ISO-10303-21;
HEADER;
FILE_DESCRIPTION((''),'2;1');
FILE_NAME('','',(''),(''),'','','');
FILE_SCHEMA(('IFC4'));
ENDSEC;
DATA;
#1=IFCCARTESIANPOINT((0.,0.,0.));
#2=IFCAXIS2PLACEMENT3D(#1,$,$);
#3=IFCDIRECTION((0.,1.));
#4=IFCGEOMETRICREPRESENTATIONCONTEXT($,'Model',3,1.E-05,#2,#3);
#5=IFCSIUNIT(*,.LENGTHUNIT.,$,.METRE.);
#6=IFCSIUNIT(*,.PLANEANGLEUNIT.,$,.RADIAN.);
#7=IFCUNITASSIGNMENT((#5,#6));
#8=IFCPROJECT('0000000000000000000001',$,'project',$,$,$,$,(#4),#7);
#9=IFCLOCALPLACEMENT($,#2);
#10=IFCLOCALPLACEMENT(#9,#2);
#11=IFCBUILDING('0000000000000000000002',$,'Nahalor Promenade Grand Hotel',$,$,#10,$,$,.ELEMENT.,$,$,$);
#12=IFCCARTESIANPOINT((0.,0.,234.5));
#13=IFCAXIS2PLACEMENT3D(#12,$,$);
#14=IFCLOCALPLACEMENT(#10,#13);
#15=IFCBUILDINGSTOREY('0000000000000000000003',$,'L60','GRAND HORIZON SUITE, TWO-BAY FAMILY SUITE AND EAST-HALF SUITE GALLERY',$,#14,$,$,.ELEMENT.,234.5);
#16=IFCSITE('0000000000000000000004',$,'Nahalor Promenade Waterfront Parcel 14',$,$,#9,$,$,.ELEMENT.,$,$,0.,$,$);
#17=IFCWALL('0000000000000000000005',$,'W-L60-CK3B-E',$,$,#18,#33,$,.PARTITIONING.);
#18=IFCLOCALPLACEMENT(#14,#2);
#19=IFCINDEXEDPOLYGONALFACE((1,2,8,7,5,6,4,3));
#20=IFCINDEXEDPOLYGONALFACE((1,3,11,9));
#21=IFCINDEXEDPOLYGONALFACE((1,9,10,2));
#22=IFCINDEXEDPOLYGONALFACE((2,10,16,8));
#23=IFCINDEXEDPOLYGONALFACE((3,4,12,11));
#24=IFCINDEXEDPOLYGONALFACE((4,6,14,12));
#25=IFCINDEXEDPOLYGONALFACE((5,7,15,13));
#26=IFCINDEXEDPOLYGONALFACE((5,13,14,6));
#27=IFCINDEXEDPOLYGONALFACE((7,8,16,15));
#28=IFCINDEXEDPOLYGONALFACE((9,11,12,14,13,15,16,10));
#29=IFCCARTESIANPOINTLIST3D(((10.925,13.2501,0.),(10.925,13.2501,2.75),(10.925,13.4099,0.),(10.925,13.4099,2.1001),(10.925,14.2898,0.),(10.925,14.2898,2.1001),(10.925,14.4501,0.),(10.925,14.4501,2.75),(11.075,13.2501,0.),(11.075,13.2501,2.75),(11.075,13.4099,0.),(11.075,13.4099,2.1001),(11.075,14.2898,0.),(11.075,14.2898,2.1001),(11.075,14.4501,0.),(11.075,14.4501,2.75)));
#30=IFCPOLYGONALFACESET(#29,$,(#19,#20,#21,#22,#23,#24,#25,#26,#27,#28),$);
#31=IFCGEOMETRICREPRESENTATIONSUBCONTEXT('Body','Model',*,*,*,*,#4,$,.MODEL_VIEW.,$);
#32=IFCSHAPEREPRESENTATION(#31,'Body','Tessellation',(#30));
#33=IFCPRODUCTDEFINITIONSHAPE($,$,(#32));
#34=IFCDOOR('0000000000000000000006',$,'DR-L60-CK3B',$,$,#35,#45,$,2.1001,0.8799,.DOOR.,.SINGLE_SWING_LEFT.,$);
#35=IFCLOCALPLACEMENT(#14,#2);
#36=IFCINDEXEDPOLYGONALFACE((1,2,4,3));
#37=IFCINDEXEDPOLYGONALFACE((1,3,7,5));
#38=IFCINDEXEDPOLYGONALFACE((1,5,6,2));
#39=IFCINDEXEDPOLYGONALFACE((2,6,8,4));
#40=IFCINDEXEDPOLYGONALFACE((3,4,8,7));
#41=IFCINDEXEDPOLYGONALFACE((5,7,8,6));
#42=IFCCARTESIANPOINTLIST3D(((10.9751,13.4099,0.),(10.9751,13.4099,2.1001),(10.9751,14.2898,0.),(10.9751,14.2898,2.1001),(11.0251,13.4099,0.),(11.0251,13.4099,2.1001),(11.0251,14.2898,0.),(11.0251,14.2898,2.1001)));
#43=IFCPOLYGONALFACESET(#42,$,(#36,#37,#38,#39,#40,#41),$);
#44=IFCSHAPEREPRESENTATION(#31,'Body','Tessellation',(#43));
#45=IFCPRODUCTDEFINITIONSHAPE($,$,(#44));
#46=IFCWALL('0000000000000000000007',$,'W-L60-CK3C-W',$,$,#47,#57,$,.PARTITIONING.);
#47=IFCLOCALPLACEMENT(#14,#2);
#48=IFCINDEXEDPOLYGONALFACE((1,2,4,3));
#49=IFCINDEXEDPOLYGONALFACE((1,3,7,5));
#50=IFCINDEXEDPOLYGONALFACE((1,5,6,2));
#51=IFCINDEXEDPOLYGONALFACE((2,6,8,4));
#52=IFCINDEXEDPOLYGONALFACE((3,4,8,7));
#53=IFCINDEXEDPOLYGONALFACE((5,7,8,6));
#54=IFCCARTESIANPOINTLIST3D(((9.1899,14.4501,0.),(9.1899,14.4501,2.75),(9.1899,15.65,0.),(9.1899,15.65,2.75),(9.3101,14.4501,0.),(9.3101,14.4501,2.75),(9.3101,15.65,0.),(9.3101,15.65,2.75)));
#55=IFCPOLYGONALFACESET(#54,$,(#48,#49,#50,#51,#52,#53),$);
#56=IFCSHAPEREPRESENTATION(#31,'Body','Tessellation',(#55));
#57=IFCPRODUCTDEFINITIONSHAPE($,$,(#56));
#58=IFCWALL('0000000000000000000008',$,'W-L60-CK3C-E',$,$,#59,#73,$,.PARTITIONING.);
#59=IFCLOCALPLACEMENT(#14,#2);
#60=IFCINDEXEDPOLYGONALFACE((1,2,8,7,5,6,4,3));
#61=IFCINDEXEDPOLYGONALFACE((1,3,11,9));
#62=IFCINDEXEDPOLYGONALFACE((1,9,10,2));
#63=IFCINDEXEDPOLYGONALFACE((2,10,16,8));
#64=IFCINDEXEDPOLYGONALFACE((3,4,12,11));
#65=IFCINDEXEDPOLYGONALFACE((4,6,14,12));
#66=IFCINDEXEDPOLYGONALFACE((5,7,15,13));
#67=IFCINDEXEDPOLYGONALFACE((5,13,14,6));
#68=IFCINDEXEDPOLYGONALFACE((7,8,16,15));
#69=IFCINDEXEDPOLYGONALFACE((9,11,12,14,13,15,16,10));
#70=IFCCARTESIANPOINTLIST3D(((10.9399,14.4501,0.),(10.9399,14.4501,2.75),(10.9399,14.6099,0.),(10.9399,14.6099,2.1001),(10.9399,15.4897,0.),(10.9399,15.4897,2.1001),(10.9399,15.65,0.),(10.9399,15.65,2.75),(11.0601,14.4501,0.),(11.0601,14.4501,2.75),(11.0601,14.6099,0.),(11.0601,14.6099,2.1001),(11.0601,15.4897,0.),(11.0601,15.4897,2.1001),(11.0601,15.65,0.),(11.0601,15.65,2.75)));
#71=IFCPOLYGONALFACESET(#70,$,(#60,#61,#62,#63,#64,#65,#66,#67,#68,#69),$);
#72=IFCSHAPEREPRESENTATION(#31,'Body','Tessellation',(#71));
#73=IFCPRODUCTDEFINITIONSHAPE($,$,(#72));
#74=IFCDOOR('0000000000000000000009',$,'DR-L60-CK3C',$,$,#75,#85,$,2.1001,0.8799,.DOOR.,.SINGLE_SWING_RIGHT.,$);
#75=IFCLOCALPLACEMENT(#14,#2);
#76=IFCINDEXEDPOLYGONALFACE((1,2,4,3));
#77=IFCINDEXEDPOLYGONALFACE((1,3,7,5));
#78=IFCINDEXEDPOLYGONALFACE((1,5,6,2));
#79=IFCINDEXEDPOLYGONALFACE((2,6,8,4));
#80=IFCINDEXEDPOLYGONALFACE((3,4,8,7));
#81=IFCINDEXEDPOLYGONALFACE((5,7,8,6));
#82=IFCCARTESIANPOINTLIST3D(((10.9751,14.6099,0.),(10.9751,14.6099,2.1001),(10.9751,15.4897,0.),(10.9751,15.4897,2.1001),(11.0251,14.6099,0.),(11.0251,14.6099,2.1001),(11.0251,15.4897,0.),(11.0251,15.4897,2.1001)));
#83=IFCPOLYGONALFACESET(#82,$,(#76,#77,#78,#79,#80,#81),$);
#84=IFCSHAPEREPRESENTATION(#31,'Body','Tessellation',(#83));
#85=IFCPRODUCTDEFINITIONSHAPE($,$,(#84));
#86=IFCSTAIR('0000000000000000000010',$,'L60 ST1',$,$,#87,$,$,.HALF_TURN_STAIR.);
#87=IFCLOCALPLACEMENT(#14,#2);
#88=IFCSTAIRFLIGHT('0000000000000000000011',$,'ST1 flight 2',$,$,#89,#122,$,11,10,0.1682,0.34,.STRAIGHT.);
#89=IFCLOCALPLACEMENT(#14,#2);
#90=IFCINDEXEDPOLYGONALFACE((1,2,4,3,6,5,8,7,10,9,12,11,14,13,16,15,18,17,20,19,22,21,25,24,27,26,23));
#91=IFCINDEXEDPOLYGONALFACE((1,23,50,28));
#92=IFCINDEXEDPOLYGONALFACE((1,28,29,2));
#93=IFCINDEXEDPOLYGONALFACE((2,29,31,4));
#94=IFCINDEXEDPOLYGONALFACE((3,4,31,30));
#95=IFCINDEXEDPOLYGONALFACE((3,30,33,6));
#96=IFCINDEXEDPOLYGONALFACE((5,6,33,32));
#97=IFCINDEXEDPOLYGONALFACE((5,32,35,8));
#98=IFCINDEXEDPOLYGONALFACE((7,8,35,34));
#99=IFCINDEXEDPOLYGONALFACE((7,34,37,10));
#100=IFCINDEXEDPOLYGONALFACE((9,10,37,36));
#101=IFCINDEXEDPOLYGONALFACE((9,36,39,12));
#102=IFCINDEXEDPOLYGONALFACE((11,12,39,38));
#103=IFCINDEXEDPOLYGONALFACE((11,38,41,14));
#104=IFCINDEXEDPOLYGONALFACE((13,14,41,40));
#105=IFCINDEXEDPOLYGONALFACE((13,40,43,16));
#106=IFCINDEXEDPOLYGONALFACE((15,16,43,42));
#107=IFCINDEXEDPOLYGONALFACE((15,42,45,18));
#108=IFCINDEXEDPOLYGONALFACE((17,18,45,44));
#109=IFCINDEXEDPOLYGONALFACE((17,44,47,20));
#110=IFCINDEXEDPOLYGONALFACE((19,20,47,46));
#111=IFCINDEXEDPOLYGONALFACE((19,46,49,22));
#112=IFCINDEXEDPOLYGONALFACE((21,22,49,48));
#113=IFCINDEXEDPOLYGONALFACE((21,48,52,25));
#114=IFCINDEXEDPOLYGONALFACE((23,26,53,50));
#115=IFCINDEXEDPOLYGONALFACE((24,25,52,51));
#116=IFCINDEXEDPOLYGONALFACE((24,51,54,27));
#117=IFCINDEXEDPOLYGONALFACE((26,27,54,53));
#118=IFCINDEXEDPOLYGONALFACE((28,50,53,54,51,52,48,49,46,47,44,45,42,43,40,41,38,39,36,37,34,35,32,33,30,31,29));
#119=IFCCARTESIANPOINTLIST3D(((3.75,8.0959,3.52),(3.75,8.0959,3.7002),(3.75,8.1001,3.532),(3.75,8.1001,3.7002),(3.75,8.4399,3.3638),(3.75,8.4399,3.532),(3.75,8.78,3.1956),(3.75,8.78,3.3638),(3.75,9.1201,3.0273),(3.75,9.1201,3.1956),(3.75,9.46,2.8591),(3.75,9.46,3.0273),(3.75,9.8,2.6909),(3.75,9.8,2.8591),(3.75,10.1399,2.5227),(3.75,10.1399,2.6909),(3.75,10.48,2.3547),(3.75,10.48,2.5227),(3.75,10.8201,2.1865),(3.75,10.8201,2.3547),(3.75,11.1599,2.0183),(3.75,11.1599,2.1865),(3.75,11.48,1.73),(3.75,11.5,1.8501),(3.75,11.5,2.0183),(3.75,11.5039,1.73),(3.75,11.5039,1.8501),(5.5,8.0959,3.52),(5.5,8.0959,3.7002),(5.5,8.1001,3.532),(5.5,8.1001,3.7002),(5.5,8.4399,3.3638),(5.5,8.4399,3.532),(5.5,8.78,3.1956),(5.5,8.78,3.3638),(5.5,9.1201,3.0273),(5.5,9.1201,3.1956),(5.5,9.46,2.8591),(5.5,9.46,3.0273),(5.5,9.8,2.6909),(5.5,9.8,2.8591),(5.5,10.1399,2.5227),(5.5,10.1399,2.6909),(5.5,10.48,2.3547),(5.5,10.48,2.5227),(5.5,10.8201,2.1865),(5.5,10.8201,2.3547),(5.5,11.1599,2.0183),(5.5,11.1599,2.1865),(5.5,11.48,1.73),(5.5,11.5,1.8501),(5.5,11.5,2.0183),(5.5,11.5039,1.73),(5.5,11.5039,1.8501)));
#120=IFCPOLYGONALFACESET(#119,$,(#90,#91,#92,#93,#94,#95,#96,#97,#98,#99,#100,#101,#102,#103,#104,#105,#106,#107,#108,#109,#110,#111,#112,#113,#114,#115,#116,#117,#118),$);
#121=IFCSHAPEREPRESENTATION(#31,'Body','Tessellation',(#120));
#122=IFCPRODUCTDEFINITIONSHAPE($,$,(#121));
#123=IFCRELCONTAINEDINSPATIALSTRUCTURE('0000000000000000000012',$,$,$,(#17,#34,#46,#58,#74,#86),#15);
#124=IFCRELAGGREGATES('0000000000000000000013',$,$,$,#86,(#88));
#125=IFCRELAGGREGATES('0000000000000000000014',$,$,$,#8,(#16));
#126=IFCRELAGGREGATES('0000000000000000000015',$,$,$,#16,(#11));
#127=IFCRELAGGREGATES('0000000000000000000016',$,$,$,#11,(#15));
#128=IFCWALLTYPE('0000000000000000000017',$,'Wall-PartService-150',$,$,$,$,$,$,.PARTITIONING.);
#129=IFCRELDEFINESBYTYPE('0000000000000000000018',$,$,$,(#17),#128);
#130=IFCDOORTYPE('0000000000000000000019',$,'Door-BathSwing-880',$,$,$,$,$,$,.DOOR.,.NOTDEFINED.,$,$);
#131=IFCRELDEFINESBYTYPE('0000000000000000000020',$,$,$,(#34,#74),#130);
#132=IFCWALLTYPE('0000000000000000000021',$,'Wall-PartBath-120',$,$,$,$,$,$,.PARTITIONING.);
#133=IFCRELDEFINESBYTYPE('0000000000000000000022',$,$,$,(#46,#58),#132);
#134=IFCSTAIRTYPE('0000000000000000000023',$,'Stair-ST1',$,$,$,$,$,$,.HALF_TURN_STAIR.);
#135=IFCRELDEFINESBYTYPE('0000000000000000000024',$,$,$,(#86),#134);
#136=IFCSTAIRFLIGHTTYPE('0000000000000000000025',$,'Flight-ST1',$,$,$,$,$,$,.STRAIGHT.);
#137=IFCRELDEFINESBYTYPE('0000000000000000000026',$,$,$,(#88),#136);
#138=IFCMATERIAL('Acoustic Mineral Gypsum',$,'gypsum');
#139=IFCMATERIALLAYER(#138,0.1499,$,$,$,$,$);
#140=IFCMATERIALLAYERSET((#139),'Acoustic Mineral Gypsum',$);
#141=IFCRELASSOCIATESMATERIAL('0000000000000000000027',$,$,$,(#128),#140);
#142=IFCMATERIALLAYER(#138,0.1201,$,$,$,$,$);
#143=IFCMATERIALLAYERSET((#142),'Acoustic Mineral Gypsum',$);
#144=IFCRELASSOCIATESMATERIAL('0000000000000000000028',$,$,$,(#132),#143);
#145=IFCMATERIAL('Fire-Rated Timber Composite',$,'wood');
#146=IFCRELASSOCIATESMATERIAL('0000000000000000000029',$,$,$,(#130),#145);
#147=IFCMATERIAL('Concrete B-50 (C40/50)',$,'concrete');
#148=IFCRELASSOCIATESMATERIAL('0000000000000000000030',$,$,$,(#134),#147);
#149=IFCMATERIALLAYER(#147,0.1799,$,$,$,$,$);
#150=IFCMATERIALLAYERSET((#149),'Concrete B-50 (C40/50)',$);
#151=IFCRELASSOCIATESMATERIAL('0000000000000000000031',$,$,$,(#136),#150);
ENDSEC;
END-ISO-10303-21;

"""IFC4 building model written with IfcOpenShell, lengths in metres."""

from ifc_helpers import new_model, si_unit, direction, frame, frame_2d, origin, place, context, subcontext, project, spatial, polyline, rectangle, outline, extrude, source, transform, mapped, material, layer, layer_set, type_object, element, fill, aggregate, save


model = new_model("IFC4")

# Units and contexts
model_context = context("Model", 3, precision=1e-05, world=origin(), true_north=direction((0.0, 1.0)))
body_context = subcontext(model_context, "Body", "Model", "MODEL_VIEW")
ifc_project = project(units=[si_unit("LENGTHUNIT", "METRE"), si_unit("PLANEANGLEUNIT", "RADIAN")], contexts=[model_context])

# Site, building, storey
site_placement = place(None, origin())
site = spatial("IfcSite", under=ifc_project, at=site_placement, Name="Nahalor Promenade Waterfront Parcel 14", CompositionType="ELEMENT", RefElevation=0.0)
building_placement = place(site_placement, origin())
building = spatial("IfcBuilding", under=site, at=building_placement, Name="Nahalor Promenade Grand Hotel", CompositionType="ELEMENT")
storey_placement = place(building_placement, frame((0.0, 0.0, 234.5)))
storey = spatial("IfcBuildingStorey", under=building, at=storey_placement, Name="L60", Description="GRAND HORIZON SUITE, TWO-BAY FAMILY SUITE AND EAST-HALF SUITE GALLERY", CompositionType="ELEMENT", Elevation=234.5)

# Shared definitions
ifc_material_1 = material(Name="Concrete B-50 (C40/50)", Category="concrete")
ifc_material_2 = material(Name="Acoustic Mineral Gypsum", Category="gypsum")
ifc_layer_1 = layer(ifc_material_2, 0.1499)
ifc_layer_set_1 = layer_set([ifc_layer_1], Name="Acoustic Mineral Gypsum")
wall_type_1 = type_object("IfcWallType", Name="Wall-PartService-150", PredefinedType="PARTITIONING", material=ifc_layer_set_1)
ifc_layer_2 = layer(ifc_material_2, 0.1201)
ifc_layer_set_2 = layer_set([ifc_layer_2], Name="Acoustic Mineral Gypsum")
wall_type_2 = type_object("IfcWallType", Name="Wall-PartBath-120", PredefinedType="PARTITIONING", material=ifc_layer_set_2)
shared_shape_1 = source(origin(), body_context, "Body", "SweptSolid", [
    extrude(rectangle(XDim=1.2, YDim=0.1499, at=frame_2d((0.6001, 0.0))), origin(), (0.0, 0.0, 1.0), 2.75),
])

# Shared definitions
ifc_material_3 = material(Name="Fire-Rated Timber Composite", Category="wood")
door_type = type_object("IfcDoorType", Name="Door-BathSwing-880", OperationType="NOTDEFINED", PredefinedType="DOOR", material=ifc_material_3)
shared_shape_2 = source(origin(), body_context, "Body", "SweptSolid", [
    extrude(rectangle(XDim=0.8799, YDim=2.1001, at=frame_2d((0.4399, 1.05))), frame((0.0, 0.0249, 0.0), z_axis=(0.0, -1.0, 0.0), x_axis=(1.0, 0.0, 0.0)), (0.0, 0.0, 1.0), 0.05),
])

# Wall, opening, door
wall_1_placement = place(storey_placement, frame((11.0, 13.25, 0.0), z_axis=(0.0, 0.0, 1.0), x_axis=(0.0, 1.0, 0.0)))
wall_1 = element("IfcWall", 1, at=wall_1_placement, inside=storey, type_object=wall_type_1, Name="W-L60-CK3B-E", PredefinedType="PARTITIONING", context=body_context, shape_type="MappedRepresentation", body=[
    mapped(shared_shape_1, transform((0.0, 0.0, 0.0), scale=1.0)),
])
opening_1_placement = place(wall_1_placement, frame((0.1599, 0.0, 0.0)))
opening_1 = element("IfcOpeningElement", 2, at=opening_1_placement, cuts=wall_1, PredefinedType="OPENING", context=body_context, shape_type="SweptSolid", body=[
    extrude(rectangle(XDim=0.8799, YDim=2.1001, at=frame_2d((0.4399, 1.05))), frame((0.0, 0.085, 0.0), z_axis=(0.0, -1.0, 0.0), x_axis=(1.0, 0.0, 0.0)), (0.0, 0.0, 1.0), 0.1699),
])
door_1_placement = place(opening_1_placement, origin())
door_1 = element("IfcDoor", 3, at=door_1_placement, inside=storey, type_object=door_type, Name="DR-L60-CK3B", OperationType="SINGLE_SWING_LEFT", OverallHeight=2.1001, OverallWidth=0.8799, PredefinedType="DOOR", context=body_context, shape_type="MappedRepresentation", body=[
    mapped(shared_shape_2, transform((0.0, 0.0, 0.0), scale=1.0)),
])
fill(opening_1, door_1)

# Wall
shared_shape_3 = source(origin(), body_context, "Body", "SweptSolid", [
    extrude(rectangle(XDim=1.2, YDim=0.1201, at=frame_2d((0.6001, 0.0))), origin(), (0.0, 0.0, 1.0), 2.75),
])
wall_2_placement = place(storey_placement, frame((9.25, 14.45, 0.0), z_axis=(0.0, 0.0, 1.0), x_axis=(0.0, 1.0, 0.0)))
element("IfcWall", 4, at=wall_2_placement, inside=storey, type_object=wall_type_2, Name="W-L60-CK3C-W", PredefinedType="PARTITIONING", context=body_context, shape_type="MappedRepresentation", body=[
    mapped(shared_shape_3, transform((0.0, 0.0, 0.0), scale=1.0)),
])

# Wall, opening, door
wall_3_placement = place(storey_placement, frame((11.0, 14.45, 0.0), z_axis=(0.0, 0.0, 1.0), x_axis=(0.0, 1.0, 0.0)))
wall_3 = element("IfcWall", 5, at=wall_3_placement, inside=storey, type_object=wall_type_2, Name="W-L60-CK3C-E", PredefinedType="PARTITIONING", context=body_context, shape_type="MappedRepresentation", body=[
    mapped(shared_shape_3, transform((0.0, 0.0, 0.0), scale=1.0)),
])
opening_2_placement = place(wall_3_placement, frame((0.1599, 0.0, 0.0)))
opening_2 = element("IfcOpeningElement", 6, at=opening_2_placement, cuts=wall_3, PredefinedType="OPENING", context=body_context, shape_type="SweptSolid", body=[
    extrude(rectangle(XDim=0.8799, YDim=2.1001, at=frame_2d((0.4399, 1.05))), frame((0.0, 0.0701, 0.0), z_axis=(0.0, -1.0, 0.0), x_axis=(1.0, 0.0, 0.0)), (0.0, 0.0, 1.0), 0.1401),
])
door_2_placement = place(opening_2_placement, origin())
door_2 = element("IfcDoor", 7, at=door_2_placement, inside=storey, type_object=door_type, Name="DR-L60-CK3C", OperationType="SINGLE_SWING_RIGHT", OverallHeight=2.1001, OverallWidth=0.8799, PredefinedType="DOOR", context=body_context, shape_type="MappedRepresentation", body=[
    mapped(shared_shape_2, transform((0.0, 0.0, 0.0), scale=1.0)),
])
fill(opening_2, door_2)

# Stair, stair flight
stair_type = type_object("IfcStairType", Name="Stair-ST1", PredefinedType="HALF_TURN_STAIR", material=ifc_material_1)
stair_placement = place(storey_placement, origin())
stair = element("IfcStair", 8, at=stair_placement, inside=storey, type_object=stair_type, Name="L60 ST1", PredefinedType="HALF_TURN_STAIR")
ifc_layer_3 = layer(ifc_material_1, 0.1799)
ifc_layer_set_3 = layer_set([ifc_layer_3], Name="Concrete B-50 (C40/50)")
stair_flight_type = type_object("IfcStairFlightType", Name="Flight-ST1", PredefinedType="STRAIGHT", material=ifc_layer_set_3)
shared_shape_4 = source(origin(), body_context, "Body", "SweptSolid", [
    extrude(outline(polyline([(-0.0039, -0.1201), (-0.0039, 0.0), (0.0, 0.0), (0.0, 0.1682), (0.3401, 0.1682), (0.3401, 0.3364), (0.6799, 0.3364), (0.6799, 0.5046), (1.02, 0.5046), (1.02, 0.6726), (1.3601, 0.6726), (1.3601, 0.8408), (1.7, 0.8408), (1.7, 1.009), (2.04, 1.009), (2.04, 1.1772), (2.3799, 1.1772), (2.3799, 1.3455), (2.72, 1.3455), (2.72, 1.5137), (3.0601, 1.5137), (3.0601, 1.6819), (3.3999, 1.6819), (3.3999, 1.8501), (3.4041, 1.8501), (3.4041, 1.6699), (0.02, -0.1201), (-0.0039, -0.1201)])), frame((0.0, 0.875, 0.0), z_axis=(0.0, -1.0, 0.0), x_axis=(1.0, 0.0, 0.0)), (0.0, 0.0, 1.0), 1.75),
])
stair_flight_placement = place(storey_placement, frame((4.625, 11.5, 1.8501), z_axis=(0.0, 0.0, 1.0), x_axis=(0.0, -1.0, 0.0)))
stair_flight = element("IfcStairFlight", 9, at=stair_flight_placement, type_object=stair_flight_type, Name="ST1 flight 2", NumberOfRisers=11, NumberOfTreads=10, PredefinedType="STRAIGHT", RiserHeight=0.1682, TreadLength=0.34, context=body_context, shape_type="MappedRepresentation", body=[
    mapped(shared_shape_4, transform((0.0, 0.0, 0.0), scale=1.0)),
])
aggregate(stair, [stair_flight])

save(model, "model.ifc")
